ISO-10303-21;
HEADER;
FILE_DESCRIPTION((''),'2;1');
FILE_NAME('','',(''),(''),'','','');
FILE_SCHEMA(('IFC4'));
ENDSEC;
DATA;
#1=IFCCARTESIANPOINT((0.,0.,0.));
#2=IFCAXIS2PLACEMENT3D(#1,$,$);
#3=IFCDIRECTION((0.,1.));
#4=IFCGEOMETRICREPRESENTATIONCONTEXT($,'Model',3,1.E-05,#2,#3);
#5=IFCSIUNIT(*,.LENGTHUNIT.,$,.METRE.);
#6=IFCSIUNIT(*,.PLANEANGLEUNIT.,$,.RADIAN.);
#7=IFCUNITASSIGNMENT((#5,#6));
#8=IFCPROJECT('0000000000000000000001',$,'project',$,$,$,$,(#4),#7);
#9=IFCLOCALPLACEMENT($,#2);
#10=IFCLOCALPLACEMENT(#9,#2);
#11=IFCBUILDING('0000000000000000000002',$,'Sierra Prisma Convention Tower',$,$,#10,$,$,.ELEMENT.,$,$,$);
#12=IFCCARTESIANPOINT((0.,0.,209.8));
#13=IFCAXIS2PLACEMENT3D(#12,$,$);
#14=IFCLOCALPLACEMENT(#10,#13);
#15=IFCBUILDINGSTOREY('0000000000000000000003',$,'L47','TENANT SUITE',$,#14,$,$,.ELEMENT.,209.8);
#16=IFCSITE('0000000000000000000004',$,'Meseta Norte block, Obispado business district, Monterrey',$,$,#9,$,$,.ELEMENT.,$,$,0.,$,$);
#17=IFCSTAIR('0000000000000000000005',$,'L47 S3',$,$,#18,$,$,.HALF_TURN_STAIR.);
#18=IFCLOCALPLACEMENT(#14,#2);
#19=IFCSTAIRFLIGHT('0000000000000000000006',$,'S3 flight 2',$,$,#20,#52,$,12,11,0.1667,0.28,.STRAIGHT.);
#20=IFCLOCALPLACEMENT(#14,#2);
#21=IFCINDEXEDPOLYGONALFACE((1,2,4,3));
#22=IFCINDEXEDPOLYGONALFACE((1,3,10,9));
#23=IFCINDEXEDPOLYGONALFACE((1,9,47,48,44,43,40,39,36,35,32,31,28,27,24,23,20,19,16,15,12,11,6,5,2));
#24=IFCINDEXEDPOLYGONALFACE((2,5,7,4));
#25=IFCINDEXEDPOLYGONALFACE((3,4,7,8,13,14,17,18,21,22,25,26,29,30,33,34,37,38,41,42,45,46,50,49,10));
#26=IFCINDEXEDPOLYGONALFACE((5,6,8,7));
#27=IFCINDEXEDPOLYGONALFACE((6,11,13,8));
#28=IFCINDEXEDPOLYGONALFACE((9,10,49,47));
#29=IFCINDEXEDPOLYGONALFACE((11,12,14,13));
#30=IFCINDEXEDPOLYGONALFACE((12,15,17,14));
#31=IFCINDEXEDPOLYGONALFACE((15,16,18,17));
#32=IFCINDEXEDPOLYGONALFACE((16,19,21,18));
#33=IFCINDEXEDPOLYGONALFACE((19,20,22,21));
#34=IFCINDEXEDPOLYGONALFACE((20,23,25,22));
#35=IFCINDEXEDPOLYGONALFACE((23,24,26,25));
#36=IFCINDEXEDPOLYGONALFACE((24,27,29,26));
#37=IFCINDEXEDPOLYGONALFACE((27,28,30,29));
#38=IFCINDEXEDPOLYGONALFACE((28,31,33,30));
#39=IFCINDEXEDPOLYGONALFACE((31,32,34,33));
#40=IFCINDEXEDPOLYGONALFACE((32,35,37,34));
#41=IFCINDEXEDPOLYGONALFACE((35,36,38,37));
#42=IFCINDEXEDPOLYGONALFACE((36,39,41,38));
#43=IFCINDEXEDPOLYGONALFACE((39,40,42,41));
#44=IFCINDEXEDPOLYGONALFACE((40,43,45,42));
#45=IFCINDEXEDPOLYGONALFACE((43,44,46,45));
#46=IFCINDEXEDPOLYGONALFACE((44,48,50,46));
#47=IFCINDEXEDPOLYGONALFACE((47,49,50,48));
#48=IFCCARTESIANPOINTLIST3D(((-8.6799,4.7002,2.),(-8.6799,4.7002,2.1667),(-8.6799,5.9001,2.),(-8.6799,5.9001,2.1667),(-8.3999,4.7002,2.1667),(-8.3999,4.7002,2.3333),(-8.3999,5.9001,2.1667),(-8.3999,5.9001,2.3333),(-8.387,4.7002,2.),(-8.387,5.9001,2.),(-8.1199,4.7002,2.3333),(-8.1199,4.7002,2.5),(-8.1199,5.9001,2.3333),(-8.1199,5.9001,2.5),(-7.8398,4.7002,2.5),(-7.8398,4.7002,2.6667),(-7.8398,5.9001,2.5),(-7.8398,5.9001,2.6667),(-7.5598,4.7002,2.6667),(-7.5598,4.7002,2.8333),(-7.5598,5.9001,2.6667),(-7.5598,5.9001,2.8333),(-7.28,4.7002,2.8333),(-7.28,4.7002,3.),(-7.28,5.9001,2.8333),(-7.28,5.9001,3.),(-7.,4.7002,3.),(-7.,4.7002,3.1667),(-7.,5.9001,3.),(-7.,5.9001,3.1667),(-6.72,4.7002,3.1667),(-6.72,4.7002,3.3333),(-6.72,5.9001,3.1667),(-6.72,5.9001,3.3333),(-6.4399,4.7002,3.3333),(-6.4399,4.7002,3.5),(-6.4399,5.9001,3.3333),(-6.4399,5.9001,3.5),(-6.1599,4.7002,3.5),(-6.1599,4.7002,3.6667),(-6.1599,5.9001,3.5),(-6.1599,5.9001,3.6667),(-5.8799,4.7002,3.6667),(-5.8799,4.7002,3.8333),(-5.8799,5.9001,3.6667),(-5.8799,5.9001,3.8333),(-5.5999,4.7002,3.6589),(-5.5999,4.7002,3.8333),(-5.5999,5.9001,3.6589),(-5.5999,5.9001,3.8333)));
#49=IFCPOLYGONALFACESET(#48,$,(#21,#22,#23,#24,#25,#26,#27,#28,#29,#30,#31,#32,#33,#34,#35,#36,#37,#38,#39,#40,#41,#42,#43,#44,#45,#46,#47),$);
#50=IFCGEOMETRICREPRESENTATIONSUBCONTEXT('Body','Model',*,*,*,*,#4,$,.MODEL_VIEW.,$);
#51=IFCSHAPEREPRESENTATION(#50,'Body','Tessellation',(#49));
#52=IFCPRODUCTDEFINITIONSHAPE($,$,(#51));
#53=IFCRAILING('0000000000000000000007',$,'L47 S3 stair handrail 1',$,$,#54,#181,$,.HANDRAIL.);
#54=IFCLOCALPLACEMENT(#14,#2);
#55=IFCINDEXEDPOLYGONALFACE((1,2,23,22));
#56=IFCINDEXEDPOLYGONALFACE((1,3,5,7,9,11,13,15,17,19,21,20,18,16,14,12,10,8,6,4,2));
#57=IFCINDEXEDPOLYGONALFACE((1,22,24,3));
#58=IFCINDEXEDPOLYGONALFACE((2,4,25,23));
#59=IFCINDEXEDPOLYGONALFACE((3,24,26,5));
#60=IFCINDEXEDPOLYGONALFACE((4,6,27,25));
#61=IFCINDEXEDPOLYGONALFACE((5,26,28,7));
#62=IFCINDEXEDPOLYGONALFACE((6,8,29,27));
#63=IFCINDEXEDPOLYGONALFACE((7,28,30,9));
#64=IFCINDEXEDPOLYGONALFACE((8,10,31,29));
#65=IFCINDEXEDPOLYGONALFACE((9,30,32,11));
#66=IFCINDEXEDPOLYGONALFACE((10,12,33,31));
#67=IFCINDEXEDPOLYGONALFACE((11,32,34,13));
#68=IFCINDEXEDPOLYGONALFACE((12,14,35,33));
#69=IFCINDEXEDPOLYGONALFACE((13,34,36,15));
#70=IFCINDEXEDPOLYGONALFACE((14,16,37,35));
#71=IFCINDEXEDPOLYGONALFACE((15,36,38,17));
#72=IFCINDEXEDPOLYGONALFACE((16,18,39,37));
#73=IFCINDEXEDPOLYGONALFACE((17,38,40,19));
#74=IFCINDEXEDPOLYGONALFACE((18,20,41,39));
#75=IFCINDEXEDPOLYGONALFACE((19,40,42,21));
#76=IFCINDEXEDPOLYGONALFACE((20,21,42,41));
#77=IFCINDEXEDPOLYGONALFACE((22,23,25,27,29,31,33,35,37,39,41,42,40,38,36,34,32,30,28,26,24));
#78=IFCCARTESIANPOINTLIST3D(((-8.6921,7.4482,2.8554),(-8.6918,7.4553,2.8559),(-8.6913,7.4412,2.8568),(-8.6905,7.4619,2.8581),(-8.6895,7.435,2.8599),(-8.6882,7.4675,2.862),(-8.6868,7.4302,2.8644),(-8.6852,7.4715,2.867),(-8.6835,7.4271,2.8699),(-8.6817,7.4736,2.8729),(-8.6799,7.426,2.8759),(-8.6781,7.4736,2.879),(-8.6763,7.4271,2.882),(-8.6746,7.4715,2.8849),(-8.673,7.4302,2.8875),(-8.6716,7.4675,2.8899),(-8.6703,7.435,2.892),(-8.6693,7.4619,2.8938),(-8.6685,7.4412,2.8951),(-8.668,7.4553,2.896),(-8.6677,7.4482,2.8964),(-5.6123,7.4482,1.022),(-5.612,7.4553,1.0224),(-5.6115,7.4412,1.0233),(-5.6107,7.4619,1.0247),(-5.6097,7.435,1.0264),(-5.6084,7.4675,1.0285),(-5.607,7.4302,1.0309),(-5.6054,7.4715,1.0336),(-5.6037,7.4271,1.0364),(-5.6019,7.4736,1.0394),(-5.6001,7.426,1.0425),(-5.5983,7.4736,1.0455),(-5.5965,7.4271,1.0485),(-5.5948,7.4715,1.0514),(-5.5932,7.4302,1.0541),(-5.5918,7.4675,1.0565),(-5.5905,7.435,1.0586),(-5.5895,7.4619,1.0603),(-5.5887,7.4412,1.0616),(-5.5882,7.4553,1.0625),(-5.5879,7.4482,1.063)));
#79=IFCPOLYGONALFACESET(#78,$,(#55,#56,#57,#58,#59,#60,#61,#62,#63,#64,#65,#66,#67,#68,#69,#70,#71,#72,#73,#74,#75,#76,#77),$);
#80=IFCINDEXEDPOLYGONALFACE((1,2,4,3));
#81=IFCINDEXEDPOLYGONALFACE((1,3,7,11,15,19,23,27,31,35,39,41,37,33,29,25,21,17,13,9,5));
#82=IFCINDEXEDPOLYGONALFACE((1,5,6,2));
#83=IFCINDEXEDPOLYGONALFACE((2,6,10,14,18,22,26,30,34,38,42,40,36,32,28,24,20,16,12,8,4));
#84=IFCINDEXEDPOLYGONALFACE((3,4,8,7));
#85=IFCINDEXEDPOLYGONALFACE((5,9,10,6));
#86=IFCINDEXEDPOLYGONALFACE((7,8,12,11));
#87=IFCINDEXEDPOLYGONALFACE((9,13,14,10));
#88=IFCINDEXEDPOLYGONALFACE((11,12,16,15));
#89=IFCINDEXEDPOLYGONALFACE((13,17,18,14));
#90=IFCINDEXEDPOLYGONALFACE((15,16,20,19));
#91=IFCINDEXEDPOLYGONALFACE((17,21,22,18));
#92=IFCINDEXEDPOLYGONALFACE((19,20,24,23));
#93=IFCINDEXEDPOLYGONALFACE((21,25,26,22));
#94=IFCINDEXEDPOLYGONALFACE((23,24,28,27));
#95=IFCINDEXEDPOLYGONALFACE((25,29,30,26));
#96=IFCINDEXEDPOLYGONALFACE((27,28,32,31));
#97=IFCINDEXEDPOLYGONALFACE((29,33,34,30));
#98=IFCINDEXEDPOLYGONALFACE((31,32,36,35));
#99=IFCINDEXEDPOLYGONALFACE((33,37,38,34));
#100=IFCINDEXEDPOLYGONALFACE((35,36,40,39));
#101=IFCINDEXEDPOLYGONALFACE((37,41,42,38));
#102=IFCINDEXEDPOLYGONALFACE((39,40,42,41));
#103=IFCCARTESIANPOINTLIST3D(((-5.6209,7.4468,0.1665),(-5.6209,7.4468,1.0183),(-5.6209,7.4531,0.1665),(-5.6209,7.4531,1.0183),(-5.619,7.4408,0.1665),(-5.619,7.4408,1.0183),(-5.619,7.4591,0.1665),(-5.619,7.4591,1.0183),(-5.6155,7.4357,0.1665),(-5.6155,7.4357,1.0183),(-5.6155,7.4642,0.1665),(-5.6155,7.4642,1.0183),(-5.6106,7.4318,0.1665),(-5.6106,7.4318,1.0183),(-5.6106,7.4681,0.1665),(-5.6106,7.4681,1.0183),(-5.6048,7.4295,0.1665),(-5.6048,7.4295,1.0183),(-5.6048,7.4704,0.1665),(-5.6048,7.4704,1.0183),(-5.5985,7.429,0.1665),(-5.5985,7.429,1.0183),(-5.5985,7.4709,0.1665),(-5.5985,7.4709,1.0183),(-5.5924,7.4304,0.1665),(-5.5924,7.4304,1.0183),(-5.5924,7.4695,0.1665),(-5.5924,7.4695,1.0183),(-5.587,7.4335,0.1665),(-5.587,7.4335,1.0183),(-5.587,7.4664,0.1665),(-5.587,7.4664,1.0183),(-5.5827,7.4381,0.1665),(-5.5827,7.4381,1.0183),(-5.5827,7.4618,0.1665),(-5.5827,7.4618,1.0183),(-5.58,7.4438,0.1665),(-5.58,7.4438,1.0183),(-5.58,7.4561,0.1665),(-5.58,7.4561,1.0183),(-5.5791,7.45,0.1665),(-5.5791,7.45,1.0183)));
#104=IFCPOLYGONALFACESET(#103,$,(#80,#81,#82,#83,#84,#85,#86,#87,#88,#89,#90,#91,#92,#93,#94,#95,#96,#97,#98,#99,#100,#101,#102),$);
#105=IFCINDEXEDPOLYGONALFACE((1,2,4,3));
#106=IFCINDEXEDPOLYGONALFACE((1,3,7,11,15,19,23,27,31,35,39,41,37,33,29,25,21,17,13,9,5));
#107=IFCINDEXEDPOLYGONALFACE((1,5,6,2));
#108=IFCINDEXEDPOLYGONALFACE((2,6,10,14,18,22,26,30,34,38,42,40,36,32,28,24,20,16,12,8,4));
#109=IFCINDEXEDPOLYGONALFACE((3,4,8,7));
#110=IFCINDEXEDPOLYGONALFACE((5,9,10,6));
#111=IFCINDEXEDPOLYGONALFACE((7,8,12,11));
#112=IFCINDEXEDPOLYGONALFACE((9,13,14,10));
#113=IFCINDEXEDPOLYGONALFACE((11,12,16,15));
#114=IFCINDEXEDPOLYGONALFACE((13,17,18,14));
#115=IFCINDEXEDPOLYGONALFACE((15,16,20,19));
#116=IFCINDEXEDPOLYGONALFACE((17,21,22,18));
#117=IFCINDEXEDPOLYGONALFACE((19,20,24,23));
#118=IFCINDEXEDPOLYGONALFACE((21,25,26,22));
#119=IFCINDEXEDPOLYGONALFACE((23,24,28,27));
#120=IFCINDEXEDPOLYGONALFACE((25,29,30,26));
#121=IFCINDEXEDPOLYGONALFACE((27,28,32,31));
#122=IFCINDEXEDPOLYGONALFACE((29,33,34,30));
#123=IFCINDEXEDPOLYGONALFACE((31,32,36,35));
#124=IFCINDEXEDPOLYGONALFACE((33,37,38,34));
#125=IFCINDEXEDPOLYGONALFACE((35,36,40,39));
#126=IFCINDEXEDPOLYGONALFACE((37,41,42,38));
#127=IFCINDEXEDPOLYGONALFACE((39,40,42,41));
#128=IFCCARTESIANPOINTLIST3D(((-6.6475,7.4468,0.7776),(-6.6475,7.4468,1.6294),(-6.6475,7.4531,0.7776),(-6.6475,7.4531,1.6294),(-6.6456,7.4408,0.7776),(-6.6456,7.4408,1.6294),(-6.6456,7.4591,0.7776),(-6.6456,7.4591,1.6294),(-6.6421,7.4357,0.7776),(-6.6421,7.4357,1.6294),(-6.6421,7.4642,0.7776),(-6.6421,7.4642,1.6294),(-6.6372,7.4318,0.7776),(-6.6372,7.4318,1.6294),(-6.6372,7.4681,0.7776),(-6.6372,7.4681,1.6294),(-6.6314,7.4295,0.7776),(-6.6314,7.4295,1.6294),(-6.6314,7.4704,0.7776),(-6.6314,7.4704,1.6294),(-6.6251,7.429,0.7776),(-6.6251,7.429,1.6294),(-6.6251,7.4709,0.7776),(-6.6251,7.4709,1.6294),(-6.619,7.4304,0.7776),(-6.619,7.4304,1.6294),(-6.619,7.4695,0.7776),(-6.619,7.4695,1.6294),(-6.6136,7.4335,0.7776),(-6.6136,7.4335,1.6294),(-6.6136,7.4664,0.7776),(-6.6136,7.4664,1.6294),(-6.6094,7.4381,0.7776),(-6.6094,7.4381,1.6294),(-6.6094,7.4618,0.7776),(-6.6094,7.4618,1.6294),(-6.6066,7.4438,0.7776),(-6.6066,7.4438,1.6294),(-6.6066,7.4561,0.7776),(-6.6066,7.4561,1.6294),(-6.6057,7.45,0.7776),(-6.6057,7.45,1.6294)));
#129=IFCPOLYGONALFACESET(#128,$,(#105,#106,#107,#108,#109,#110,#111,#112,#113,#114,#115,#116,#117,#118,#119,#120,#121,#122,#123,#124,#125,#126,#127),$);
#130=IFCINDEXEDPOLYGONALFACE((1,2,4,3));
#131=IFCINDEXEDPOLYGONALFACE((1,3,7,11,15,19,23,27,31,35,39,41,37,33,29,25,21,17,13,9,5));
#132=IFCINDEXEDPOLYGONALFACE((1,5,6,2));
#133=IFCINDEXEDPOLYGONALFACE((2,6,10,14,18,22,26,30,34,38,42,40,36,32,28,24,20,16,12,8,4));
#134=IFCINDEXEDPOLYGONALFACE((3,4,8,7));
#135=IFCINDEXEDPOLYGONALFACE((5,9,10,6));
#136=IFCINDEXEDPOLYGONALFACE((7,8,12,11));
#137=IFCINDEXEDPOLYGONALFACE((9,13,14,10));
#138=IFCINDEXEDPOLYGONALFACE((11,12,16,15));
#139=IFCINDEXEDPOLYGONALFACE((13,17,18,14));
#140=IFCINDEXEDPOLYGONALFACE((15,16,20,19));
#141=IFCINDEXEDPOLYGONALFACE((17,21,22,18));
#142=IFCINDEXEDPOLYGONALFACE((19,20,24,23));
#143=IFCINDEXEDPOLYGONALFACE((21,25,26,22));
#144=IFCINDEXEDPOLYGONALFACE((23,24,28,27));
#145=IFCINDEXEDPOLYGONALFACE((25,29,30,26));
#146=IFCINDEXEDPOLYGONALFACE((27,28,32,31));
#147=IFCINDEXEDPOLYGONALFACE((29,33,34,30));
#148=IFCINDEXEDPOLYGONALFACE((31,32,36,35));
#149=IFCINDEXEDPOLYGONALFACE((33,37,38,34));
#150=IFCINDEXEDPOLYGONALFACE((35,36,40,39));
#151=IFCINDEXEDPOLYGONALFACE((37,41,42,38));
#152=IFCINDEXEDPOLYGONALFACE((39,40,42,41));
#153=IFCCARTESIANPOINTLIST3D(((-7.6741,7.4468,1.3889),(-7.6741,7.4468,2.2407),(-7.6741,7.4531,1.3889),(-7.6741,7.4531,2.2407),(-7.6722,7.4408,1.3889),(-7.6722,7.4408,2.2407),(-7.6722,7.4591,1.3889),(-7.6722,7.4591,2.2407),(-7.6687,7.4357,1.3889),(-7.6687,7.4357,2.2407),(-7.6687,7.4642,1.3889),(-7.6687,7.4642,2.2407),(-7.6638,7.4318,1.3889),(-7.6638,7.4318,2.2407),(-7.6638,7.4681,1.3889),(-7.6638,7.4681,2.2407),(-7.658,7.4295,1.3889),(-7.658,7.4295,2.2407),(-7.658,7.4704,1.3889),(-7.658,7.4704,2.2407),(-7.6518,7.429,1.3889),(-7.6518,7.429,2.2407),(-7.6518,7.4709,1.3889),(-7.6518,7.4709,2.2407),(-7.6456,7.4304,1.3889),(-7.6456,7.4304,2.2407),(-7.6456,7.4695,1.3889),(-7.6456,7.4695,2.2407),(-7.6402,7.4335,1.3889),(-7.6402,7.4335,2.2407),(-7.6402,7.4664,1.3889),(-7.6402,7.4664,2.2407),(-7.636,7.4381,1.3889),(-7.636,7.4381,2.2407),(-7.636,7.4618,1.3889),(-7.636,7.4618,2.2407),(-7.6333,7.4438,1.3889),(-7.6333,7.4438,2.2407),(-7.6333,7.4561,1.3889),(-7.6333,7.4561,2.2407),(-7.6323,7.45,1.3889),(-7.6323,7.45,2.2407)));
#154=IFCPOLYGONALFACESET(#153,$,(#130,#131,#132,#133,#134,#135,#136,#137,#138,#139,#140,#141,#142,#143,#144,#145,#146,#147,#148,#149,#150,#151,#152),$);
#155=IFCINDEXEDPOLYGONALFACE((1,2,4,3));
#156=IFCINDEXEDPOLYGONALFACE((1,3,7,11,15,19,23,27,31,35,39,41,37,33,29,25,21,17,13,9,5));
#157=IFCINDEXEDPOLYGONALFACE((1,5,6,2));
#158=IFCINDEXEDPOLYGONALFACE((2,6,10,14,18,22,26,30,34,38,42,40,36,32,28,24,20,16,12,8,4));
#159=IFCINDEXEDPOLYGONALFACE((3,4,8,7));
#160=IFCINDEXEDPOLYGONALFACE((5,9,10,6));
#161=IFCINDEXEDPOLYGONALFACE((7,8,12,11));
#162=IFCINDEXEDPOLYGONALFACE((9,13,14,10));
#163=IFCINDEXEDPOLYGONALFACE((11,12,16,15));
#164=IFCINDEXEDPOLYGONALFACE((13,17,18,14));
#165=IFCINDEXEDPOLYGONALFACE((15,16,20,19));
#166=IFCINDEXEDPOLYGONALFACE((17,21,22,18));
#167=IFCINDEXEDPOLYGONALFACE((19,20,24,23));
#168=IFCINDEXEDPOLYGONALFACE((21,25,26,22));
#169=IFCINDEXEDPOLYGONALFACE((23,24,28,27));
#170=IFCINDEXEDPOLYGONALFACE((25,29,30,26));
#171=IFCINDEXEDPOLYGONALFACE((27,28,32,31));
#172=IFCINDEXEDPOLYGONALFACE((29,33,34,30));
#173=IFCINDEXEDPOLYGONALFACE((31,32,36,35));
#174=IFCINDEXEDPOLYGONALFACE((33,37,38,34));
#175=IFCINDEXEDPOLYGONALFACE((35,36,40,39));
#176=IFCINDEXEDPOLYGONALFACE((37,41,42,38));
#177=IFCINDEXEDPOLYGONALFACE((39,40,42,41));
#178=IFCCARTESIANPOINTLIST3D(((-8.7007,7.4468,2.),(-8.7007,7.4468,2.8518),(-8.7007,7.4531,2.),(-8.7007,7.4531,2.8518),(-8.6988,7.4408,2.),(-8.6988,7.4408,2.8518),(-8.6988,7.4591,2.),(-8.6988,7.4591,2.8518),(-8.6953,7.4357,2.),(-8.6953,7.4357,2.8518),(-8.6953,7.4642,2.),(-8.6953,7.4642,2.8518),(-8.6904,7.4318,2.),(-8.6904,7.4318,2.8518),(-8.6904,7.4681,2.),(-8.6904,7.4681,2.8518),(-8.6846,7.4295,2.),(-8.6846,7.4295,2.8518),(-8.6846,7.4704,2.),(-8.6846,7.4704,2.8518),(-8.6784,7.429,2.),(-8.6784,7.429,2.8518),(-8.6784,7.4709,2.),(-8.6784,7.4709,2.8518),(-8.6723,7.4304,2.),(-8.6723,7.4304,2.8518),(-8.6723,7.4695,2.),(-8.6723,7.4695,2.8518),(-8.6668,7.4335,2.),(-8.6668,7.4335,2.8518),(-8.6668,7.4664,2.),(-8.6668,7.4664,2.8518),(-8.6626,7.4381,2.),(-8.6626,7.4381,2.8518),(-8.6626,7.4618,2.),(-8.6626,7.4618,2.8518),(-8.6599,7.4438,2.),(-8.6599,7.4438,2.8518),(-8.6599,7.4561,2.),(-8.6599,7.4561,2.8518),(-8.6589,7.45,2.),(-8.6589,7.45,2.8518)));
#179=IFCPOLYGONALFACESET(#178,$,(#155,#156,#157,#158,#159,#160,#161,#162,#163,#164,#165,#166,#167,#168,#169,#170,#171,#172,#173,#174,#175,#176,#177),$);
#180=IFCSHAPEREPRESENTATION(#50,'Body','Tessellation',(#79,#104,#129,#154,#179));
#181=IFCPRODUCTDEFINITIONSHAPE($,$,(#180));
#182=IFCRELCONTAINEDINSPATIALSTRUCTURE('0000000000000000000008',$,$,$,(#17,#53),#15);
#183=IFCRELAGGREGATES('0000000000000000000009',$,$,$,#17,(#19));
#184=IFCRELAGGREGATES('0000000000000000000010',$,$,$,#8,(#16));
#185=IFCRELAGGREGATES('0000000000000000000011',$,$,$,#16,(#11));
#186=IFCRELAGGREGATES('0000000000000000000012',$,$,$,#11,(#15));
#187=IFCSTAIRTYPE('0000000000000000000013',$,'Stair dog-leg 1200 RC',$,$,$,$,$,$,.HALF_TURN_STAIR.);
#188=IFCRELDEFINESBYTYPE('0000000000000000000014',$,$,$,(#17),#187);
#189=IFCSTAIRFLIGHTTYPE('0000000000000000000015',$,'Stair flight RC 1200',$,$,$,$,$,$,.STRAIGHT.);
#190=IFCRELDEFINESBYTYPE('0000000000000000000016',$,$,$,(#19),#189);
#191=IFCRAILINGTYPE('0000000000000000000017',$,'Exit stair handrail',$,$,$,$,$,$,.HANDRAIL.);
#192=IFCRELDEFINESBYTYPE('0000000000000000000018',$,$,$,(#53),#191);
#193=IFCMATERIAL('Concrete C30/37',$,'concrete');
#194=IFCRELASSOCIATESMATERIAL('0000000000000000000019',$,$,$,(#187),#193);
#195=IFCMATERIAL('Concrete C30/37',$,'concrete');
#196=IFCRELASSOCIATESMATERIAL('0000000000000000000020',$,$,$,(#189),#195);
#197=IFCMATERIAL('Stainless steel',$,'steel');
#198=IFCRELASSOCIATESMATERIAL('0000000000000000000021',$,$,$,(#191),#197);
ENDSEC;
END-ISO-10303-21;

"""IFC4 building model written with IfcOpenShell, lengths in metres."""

from ifc_helpers import new_model, si_unit, direction, frame, origin, origin_2d, place, context, subcontext, project, spatial, polyline, circle, outline, extrude, material, type_object, element, aggregate, save


model = new_model("IFC4")

# Units and contexts
model_context = context("Model", 3, precision=1e-05, world=origin(), true_north=direction((0.0, 1.0)))
body_context = subcontext(model_context, "Body", "Model", "MODEL_VIEW")
ifc_project = project(units=[si_unit("LENGTHUNIT", "METRE"), si_unit("PLANEANGLEUNIT", "RADIAN")], contexts=[model_context])

# Site, building, storey
site_placement = place(None, origin())
site = spatial("IfcSite", under=ifc_project, at=site_placement, Name="Meseta Norte block, Obispado business district, Monterrey", CompositionType="ELEMENT", RefElevation=0.0)
building_placement = place(site_placement, origin())
building = spatial("IfcBuilding", under=site, at=building_placement, Name="Sierra Prisma Convention Tower", CompositionType="ELEMENT")
storey_placement = place(building_placement, frame((0.0, 0.0, 209.8)))
storey = spatial("IfcBuildingStorey", under=building, at=storey_placement, Name="L47", Description="TENANT SUITE", CompositionType="ELEMENT", Elevation=209.8)

# Stair, stair flight
ifc_material_1 = material(Name="Concrete C30/37", Category="concrete")
stair_type = type_object("IfcStairType", Name="Stair dog-leg 1200 RC", PredefinedType="HALF_TURN_STAIR", material=ifc_material_1)
stair_placement = place(storey_placement, origin())
stair = element("IfcStair", 1, at=stair_placement, inside=storey, type_object=stair_type, Name="L47 S3", PredefinedType="HALF_TURN_STAIR")
ifc_material_2 = material(Name="Concrete C30/37", Category="concrete")
stair_flight_type = type_object("IfcStairFlightType", Name="Stair flight RC 1200", PredefinedType="STRAIGHT", material=ifc_material_2)
stair_flight_1_placement = place(storey_placement, frame((-8.6799, 5.3, 2.0), z_axis=(0.0, 0.0, 1.0), x_axis=(1.0, 0.0, 0.0)))
stair_flight_1 = element("IfcStairFlight", 2, at=stair_flight_1_placement, type_object=stair_flight_type, Name="S3 flight 2", NumberOfRisers=12, NumberOfTreads=11, PredefinedType="STRAIGHT", RiserHeight=0.1667, TreadLength=0.28, context=body_context, shape_type="SweptSolid", body=[
    extrude(outline(polyline([(0.0, 0.0), (0.0, 0.1667), (0.28, 0.1667), (0.28, 0.3333), (0.5601, 0.3333), (0.5601, 0.5), (0.8401, 0.5), (0.8401, 0.6667), (1.1201, 0.6667), (1.1201, 0.8333), (1.3999, 0.8333), (1.3999, 1.0), (1.6799, 1.0), (1.6799, 1.1667), (1.96, 1.1667), (1.96, 1.3333), (2.24, 1.3333), (2.24, 1.5), (2.52, 1.5), (2.52, 1.6667), (2.8, 1.6667), (2.8, 1.8333), (3.0801, 1.8333), (3.0801, 2.0), (3.0801, 1.6589), (0.293, 0.0), (0.0, 0.0)])), frame((0.0, 0.6001, 0.0), z_axis=(0.0, -1.0, 0.0), x_axis=(1.0, 0.0, 0.0)), (0.0, 0.0, 1.0), 1.2),
])
aggregate(stair, [stair_flight_1])

# Railing
ifc_material_3 = material(Name="Stainless steel", Category="steel")
railing_type_1 = type_object("IfcRailingType", Name="Exit stair handrail", PredefinedType="HANDRAIL", material=ifc_material_3)
railing_1_placement = place(storey_placement, frame((-5.6001, 7.45, 0.1665)))
element("IfcRailing", 3, at=railing_1_placement, inside=storey, type_object=railing_type_1, Name="L47 S3 stair handrail 1", PredefinedType="HANDRAIL", context=body_context, shape_type="SweptSolid", body=[
    extrude(circle(Radius=0.0239, at=origin_2d()), frame((0.0, 0.0, 0.876), z_axis=(-0.859261, 0.0, 0.511538), x_axis=(0.0, -1.0, 0.0)), (0.0, 0.0, 1.0), 3.5842),
    extrude(circle(Radius=0.021, at=origin_2d()), origin(), (0.0, 0.0, 1.0), 0.8518),
    extrude(circle(Radius=0.021, at=origin_2d()), frame((-1.0266, 0.0, 0.6111)), (0.0, 0.0, 1.0), 0.8518),
    extrude(circle(Radius=0.021, at=origin_2d()), frame((-2.0532, 0.0, 1.2224)), (0.0, 0.0, 1.0), 0.8518),
    extrude(circle(Radius=0.021, at=origin_2d()), frame((-3.0798, 0.0, 1.8335)), (0.0, 0.0, 1.0), 0.8518),
])

save(model, "model.ifc")
